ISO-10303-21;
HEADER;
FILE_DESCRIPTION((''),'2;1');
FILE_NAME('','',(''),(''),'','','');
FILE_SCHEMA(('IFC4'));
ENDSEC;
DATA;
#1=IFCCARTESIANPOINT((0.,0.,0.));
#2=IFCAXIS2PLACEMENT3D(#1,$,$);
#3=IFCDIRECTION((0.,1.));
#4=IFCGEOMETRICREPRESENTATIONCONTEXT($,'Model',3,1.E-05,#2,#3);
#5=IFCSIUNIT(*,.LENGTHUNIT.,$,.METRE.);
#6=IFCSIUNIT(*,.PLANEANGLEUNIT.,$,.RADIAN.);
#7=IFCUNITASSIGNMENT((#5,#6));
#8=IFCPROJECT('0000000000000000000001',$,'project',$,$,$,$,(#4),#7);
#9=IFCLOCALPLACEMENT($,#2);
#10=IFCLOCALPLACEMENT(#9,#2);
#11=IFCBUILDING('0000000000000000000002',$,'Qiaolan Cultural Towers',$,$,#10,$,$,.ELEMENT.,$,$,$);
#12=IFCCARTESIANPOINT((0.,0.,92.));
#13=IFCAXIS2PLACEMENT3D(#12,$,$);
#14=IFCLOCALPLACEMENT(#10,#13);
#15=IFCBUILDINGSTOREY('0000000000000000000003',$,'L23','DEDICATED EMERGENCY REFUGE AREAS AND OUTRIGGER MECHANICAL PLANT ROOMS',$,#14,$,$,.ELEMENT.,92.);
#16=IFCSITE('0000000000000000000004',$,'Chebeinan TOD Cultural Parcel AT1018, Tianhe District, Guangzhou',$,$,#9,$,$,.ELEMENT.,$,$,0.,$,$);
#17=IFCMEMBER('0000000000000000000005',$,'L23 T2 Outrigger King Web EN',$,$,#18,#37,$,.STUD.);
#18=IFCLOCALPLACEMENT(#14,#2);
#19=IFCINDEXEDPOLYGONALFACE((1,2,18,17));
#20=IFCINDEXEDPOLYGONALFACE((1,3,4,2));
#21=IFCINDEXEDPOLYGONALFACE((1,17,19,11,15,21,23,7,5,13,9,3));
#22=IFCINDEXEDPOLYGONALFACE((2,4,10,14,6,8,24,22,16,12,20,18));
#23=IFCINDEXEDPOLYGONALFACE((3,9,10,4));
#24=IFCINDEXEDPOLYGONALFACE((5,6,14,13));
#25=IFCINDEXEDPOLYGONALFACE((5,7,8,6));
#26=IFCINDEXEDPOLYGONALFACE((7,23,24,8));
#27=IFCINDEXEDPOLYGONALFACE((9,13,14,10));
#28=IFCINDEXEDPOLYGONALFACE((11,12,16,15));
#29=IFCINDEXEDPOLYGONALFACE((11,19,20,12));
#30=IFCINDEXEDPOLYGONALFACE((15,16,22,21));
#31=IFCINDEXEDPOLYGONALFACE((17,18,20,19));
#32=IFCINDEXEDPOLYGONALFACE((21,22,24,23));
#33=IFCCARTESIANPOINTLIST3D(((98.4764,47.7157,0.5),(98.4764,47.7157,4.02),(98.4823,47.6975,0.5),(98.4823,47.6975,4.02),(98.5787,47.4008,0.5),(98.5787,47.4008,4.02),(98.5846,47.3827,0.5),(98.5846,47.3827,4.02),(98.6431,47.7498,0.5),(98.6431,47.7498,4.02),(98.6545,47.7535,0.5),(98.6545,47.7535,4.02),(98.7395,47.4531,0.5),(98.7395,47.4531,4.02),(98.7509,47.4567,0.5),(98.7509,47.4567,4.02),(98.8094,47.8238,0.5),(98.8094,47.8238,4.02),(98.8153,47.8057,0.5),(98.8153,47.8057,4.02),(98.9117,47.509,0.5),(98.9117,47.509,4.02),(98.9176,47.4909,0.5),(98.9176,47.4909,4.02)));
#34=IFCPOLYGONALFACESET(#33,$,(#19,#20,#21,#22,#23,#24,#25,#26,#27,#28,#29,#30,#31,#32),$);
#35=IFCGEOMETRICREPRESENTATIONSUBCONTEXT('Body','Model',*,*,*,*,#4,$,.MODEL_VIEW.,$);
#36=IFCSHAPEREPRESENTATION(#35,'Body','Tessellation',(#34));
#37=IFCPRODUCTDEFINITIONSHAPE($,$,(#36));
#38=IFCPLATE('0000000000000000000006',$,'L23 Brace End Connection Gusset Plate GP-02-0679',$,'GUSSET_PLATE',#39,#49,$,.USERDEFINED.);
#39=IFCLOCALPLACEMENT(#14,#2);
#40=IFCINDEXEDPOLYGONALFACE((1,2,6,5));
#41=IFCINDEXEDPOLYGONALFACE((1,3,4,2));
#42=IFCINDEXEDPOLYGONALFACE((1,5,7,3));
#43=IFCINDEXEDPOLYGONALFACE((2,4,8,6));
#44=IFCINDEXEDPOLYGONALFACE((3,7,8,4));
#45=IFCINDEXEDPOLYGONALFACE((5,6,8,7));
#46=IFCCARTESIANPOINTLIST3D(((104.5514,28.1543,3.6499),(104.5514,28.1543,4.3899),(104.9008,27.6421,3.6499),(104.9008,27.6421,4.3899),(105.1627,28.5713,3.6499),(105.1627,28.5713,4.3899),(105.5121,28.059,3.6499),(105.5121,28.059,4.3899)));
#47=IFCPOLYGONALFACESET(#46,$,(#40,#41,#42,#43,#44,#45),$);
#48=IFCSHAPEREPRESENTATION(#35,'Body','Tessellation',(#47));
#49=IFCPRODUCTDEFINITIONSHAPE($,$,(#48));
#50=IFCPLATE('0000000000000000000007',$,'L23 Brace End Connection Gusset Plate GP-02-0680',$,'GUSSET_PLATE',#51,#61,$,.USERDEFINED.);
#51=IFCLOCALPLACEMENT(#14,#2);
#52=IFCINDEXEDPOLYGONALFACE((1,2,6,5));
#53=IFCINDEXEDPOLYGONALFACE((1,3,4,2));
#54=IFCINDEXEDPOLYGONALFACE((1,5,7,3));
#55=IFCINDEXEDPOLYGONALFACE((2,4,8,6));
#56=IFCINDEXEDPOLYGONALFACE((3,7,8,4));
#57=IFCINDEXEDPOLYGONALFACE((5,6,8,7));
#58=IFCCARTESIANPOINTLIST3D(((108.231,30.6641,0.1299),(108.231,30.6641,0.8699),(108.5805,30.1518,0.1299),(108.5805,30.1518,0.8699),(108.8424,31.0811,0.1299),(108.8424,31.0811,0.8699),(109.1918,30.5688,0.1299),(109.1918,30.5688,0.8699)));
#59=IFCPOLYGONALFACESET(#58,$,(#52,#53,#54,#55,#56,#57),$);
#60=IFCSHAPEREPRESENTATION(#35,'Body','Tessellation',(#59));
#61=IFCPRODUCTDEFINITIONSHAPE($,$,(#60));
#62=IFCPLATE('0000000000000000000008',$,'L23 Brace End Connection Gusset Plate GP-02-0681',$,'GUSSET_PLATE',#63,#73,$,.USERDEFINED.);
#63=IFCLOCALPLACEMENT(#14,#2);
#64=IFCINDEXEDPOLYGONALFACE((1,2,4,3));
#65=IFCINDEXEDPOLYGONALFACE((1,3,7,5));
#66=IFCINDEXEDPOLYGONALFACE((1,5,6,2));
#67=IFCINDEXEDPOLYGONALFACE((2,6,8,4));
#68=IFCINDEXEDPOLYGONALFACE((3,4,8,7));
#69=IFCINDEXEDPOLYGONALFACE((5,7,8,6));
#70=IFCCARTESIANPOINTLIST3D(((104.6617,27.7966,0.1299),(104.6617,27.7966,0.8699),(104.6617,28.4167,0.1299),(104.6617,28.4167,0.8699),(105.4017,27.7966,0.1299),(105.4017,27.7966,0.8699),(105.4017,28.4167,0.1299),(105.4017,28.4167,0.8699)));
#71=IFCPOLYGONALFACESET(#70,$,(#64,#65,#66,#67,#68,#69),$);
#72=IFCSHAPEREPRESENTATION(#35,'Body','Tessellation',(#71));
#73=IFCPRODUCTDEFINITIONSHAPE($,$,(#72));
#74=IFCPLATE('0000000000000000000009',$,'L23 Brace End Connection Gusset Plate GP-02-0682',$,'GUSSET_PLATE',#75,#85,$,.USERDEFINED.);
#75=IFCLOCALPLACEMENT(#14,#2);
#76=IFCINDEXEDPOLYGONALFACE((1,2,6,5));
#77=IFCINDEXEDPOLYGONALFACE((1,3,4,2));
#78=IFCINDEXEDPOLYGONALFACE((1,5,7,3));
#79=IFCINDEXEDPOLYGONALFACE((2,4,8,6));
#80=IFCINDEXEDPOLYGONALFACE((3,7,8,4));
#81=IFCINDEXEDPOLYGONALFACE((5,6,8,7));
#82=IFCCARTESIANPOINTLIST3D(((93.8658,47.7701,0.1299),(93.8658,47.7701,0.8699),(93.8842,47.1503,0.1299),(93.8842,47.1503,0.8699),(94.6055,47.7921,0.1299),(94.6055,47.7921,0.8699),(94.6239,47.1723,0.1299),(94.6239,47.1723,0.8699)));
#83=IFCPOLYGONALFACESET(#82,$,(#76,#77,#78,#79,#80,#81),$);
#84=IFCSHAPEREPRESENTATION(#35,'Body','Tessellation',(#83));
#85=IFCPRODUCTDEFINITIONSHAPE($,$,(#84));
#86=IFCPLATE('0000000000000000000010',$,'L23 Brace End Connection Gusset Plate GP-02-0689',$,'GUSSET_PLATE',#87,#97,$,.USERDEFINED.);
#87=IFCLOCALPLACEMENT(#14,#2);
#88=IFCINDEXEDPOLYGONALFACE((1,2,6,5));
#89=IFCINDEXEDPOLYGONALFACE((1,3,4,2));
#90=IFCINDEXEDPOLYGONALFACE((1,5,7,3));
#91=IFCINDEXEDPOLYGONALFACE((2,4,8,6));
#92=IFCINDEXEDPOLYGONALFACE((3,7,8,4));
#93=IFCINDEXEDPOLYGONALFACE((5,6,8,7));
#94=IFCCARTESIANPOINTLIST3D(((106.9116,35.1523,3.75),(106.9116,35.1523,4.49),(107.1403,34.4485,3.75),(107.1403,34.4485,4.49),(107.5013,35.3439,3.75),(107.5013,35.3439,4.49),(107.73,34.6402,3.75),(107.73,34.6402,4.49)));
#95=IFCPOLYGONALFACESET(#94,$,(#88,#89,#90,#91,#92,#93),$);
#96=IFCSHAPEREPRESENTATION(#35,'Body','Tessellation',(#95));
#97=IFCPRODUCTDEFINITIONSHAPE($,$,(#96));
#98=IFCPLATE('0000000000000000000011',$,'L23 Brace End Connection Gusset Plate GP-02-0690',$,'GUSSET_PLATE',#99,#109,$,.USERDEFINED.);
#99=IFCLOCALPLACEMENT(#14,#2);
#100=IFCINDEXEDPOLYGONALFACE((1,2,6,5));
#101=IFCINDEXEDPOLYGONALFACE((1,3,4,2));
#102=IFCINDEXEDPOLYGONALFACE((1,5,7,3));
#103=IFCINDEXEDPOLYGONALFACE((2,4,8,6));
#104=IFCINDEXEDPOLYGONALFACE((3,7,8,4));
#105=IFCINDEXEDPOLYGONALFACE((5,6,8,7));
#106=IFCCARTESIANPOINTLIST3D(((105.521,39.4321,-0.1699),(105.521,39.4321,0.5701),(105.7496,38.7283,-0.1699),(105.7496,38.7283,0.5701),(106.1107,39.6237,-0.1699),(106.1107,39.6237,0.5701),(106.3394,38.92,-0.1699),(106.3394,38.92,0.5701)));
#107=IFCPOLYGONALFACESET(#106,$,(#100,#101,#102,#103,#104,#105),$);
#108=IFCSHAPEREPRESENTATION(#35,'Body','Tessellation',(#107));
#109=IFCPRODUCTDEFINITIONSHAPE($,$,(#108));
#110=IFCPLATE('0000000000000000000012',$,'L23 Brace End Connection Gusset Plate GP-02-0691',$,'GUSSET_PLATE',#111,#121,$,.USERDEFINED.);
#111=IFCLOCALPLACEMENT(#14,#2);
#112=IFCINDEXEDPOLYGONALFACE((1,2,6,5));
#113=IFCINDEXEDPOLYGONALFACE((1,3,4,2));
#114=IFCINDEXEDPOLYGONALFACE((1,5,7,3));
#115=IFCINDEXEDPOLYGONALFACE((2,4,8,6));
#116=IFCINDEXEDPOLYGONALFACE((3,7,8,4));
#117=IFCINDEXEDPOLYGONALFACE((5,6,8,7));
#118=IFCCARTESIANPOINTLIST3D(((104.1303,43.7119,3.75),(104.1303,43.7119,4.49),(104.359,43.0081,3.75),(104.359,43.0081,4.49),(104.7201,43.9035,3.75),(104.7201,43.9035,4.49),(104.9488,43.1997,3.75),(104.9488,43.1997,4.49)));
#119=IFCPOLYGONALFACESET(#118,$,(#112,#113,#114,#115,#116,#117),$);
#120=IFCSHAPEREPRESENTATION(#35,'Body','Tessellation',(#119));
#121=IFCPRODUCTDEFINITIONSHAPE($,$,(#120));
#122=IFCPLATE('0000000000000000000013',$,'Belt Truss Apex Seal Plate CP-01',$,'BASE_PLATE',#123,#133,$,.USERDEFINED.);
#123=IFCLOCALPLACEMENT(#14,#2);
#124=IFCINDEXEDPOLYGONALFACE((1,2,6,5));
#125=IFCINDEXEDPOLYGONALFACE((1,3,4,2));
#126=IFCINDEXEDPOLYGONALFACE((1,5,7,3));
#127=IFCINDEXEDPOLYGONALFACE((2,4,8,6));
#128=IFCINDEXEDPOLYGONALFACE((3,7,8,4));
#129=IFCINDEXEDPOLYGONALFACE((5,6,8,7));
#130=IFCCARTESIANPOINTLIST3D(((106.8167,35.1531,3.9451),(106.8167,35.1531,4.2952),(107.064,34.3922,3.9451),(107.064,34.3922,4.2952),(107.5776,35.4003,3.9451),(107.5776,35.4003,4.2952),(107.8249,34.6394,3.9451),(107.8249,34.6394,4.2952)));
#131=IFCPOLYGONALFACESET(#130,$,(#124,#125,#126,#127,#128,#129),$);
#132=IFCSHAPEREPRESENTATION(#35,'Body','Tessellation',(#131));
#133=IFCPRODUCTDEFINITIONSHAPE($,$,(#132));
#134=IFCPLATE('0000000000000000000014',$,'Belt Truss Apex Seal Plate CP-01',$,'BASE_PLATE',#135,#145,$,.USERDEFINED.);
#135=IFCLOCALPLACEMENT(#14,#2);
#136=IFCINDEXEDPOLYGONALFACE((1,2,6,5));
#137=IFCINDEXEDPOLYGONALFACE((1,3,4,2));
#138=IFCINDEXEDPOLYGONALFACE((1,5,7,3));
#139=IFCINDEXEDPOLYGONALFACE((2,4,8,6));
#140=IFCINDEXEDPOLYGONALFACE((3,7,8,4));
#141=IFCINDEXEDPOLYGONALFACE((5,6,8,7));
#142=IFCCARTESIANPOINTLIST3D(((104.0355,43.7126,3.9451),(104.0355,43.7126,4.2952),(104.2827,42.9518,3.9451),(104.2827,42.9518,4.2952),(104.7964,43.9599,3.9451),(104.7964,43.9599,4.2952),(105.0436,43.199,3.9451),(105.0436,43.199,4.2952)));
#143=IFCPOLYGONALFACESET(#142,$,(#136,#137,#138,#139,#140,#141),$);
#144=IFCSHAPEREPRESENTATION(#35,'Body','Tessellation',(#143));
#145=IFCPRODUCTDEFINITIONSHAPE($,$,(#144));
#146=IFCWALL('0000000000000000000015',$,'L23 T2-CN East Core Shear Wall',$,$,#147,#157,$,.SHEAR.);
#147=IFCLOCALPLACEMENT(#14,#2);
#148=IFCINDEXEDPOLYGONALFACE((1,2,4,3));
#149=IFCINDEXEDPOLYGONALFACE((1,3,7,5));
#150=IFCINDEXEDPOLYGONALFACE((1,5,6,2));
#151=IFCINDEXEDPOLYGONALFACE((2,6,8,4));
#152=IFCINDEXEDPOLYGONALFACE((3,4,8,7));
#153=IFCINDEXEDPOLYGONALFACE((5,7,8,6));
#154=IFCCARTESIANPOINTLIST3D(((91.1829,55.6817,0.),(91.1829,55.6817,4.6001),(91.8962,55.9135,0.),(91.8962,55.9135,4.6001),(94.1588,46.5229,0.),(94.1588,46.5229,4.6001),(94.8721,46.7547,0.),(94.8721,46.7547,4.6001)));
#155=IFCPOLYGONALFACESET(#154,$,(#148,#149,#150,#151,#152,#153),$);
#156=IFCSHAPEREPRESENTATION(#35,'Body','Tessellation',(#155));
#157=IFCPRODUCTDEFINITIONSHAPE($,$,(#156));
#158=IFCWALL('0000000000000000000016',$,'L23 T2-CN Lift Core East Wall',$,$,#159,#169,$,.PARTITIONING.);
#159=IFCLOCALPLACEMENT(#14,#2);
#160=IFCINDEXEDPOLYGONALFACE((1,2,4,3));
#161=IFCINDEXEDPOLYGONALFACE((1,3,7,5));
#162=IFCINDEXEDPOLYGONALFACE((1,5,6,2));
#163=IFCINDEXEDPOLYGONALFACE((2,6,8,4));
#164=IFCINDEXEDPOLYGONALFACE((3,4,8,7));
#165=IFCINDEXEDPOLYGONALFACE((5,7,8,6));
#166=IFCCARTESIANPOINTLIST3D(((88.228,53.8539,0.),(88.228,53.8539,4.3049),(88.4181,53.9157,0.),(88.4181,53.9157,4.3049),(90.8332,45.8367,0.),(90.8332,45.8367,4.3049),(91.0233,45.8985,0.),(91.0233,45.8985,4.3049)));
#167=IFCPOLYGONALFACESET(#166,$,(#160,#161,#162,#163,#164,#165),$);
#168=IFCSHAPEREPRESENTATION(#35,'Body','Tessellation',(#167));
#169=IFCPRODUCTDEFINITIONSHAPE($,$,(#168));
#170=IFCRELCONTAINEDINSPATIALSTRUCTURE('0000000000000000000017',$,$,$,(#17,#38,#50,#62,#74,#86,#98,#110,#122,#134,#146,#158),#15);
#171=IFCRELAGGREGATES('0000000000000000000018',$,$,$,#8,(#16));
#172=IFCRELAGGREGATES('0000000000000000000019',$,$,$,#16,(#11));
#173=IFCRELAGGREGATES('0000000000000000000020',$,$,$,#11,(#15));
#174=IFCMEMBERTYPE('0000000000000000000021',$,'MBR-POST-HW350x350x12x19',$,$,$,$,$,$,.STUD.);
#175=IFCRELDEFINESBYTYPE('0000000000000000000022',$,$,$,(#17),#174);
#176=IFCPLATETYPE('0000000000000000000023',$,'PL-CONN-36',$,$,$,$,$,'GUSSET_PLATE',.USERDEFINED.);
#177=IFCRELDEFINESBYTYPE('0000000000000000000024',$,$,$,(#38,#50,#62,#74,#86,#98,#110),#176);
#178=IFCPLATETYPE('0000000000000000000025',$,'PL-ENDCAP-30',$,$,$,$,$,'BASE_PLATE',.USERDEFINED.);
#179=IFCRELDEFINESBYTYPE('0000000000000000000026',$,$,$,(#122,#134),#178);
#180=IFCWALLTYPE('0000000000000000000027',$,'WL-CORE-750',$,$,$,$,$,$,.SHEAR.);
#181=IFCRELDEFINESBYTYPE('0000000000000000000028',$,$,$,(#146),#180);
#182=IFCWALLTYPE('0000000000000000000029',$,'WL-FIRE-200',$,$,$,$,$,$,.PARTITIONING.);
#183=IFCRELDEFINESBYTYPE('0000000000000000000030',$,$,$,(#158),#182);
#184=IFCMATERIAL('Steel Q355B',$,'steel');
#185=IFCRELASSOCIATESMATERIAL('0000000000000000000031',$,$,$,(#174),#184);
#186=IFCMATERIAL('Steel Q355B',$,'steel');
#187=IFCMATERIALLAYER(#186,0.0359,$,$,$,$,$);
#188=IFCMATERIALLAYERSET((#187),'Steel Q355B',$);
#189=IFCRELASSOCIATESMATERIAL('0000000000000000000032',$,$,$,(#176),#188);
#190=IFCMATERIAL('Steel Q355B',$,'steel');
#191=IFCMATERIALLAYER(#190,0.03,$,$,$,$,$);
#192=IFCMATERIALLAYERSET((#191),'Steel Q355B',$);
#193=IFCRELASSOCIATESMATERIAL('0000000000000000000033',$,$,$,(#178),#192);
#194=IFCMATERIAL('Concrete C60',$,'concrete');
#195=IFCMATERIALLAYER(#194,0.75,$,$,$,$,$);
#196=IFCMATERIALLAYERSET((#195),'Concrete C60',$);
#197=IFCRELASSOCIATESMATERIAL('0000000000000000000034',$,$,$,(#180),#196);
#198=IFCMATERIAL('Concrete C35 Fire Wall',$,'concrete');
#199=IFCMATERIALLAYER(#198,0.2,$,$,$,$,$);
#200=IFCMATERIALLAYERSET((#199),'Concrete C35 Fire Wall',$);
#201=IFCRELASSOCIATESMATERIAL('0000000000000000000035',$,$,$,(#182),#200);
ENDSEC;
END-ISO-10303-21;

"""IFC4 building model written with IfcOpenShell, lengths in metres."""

from ifc_helpers import new_model, si_unit, direction, frame, frame_2d, origin, origin_2d, place, context, subcontext, project, spatial, rectangle, i_section, extrude, material, layer, layer_set, material_profile, profile_set, type_object, element, save


model = new_model("IFC4")

# Units and contexts
model_context = context("Model", 3, precision=1e-05, world=origin(), true_north=direction((0.0, 1.0)))
body_context = subcontext(model_context, "Body", "Model", "MODEL_VIEW")
ifc_project = project(units=[si_unit("LENGTHUNIT", "METRE"), si_unit("PLANEANGLEUNIT", "RADIAN")], contexts=[model_context])

# Site, building, storey
site_placement = place(None, origin())
site = spatial("IfcSite", under=ifc_project, at=site_placement, Name="Chebeinan TOD Cultural Parcel AT1018, Tianhe District, Guangzhou", CompositionType="ELEMENT", RefElevation=0.0)
building_placement = place(site_placement, origin())
building = spatial("IfcBuilding", under=site, at=building_placement, Name="Qiaolan Cultural Towers", CompositionType="ELEMENT")
storey_placement = place(building_placement, frame((0.0, 0.0, 92.0)))
storey = spatial("IfcBuildingStorey", under=building, at=storey_placement, Name="L23", Description="DEDICATED EMERGENCY REFUGE AREAS AND OUTRIGGER MECHANICAL PLANT ROOMS", CompositionType="ELEMENT", Elevation=92.0)

# Member
ifc_material_1 = material(Name="Steel Q355B", Category="steel")
ifc_material_profile_1 = material_profile(ifc_material_1, i_section(OverallWidth=0.3501, OverallDepth=0.3501, WebThickness=0.012, FlangeThickness=0.019, at=origin_2d()), Name="HW350x350x12x19")
ifc_profile_set_1 = profile_set([ifc_material_profile_1], Name="Steel Q355B")
member_type_1 = type_object("IfcMemberType", Name="MBR-POST-HW350x350x12x19", PredefinedType="STUD", material=ifc_profile_set_1)
member_placement = place(storey_placement, frame((98.697, 47.6033, 0.5), z_axis=(0.0, 0.0, 1.0), x_axis=(0.951057, 0.309017, 0.0)))
element("IfcMember", 1, at=member_placement, inside=storey, type_object=member_type_1, Name="L23 T2 Outrigger King Web EN", PredefinedType="STUD", context=body_context, shape_type="SweptSolid", body=[
    extrude(i_section(OverallWidth=0.3501, OverallDepth=0.3501, WebThickness=0.012, FlangeThickness=0.019, at=origin_2d()), origin(), (0.0, 0.0, 1.0), 3.52),
])

# Plates
ifc_material_2 = material(Name="Steel Q355B", Category="steel")
ifc_layer_1 = layer(ifc_material_2, 0.0359)
ifc_layer_set_1 = layer_set([ifc_layer_1], Name="Steel Q355B")
plate_type_1 = type_object("IfcPlateType", Name="PL-CONN-36", ElementType="GUSSET_PLATE", PredefinedType="USERDEFINED", material=ifc_layer_set_1)
for number, where, z_axis, x_axis, name in (
    (2, (105.0317, 28.1067, 3.6499), (0.0, 0.0, 1.0), (0.82611, 0.563509, 0.0), "L23 Brace End Connection Gusset Plate GP-02-0679"),
    (3, (108.7114, 30.6165, 0.1299), (0.0, 0.0, 1.0), (0.82611, 0.563509, 0.0), "L23 Brace End Connection Gusset Plate GP-02-0680"),
    (4, (105.0317, 28.1067, 0.1299), (0.0, 0.0, 1.0), (1.0, 0.0, 0.0), "L23 Brace End Connection Gusset Plate GP-02-0681"),
    (5, (94.2449, 47.4712, 0.1299), (0.0, 0.0, 1.0), (0.999559, 0.029687, 0.0), "L23 Brace End Connection Gusset Plate GP-02-0682"),
    (6, (107.3208, 34.8962, 3.75), (0.0, 0.0, 1.0), (-0.309017, 0.951057, 0.0), "L23 Brace End Connection Gusset Plate GP-02-0689"),
    (7, (105.9302, 39.176, -0.1699), (0.0, 0.0, 1.0), (-0.309017, 0.951057, 0.0), "L23 Brace End Connection Gusset Plate GP-02-0690"),
    (8, (104.5396, 43.4558, 3.75), (0.0, 0.0, 1.0), (-0.309017, 0.951057, 0.0), "L23 Brace End Connection Gusset Plate GP-02-0691"),
):
    element("IfcPlate", number, at=place(storey_placement, frame(where, z_axis=z_axis, x_axis=x_axis)), inside=storey, type_object=plate_type_1, Name=name, ObjectType="GUSSET_PLATE", PredefinedType="USERDEFINED", context=body_context, shape_type="SweptSolid", body=[
        extrude(rectangle(XDim=0.74, YDim=0.6201, at=origin_2d()), origin(), (0.0, 0.0, 1.0), 0.74),
    ])
ifc_material_3 = material(Name="Steel Q355B", Category="steel")
ifc_layer_2 = layer(ifc_material_3, 0.03)
ifc_layer_set_2 = layer_set([ifc_layer_2], Name="Steel Q355B")
plate_type_2 = type_object("IfcPlateType", Name="PL-ENDCAP-30", ElementType="BASE_PLATE", PredefinedType="USERDEFINED", material=ifc_layer_set_2)
for number, where, z_axis, x_axis, name in (
    (9, (107.3208, 34.8962, 3.9451), (0.0, 0.0, 1.0), (0.951057, 0.309017, 0.0), "Belt Truss Apex Seal Plate CP-01"),
    (10, (104.5396, 43.4558, 3.9451), (0.0, 0.0, 1.0), (0.951057, 0.309017, 0.0), "Belt Truss Apex Seal Plate CP-01"),
):
    element("IfcPlate", number, at=place(storey_placement, frame(where, z_axis=z_axis, x_axis=x_axis)), inside=storey, type_object=plate_type_2, Name=name, ObjectType="BASE_PLATE", PredefinedType="USERDEFINED", context=body_context, shape_type="SweptSolid", body=[
        extrude(rectangle(XDim=0.8, YDim=0.8, at=origin_2d()), origin(), (0.0, 0.0, 1.0), 0.3501),
    ])

# Walls
ifc_material_4 = material(Name="Concrete C60", Category="concrete")
ifc_layer_3 = layer(ifc_material_4, 0.75)
ifc_layer_set_3 = layer_set([ifc_layer_3], Name="Concrete C60")
wall_type_1 = type_object("IfcWallType", Name="WL-CORE-750", PredefinedType="SHEAR", material=ifc_layer_set_3)
wall_1_placement = place(storey_placement, frame((94.5154, 46.6389, 0.0), z_axis=(0.0, 0.0, 1.0), x_axis=(-0.309016, 0.951057, 0.0)))
element("IfcWall", 11, at=wall_1_placement, inside=storey, type_object=wall_type_1, Name="L23 T2-CN East Core Shear Wall", PredefinedType="SHEAR", context=body_context, shape_type="SweptSolid", body=[
    extrude(rectangle(XDim=9.6301, YDim=0.75, at=frame_2d((4.8149, 0.0))), origin(), (0.0, 0.0, 1.0), 4.6001),
])
ifc_material_5 = material(Name="Concrete C35 Fire Wall", Category="concrete")
ifc_layer_4 = layer(ifc_material_5, 0.2)
ifc_layer_set_4 = layer_set([ifc_layer_4], Name="Concrete C35 Fire Wall")
wall_type_2 = type_object("IfcWallType", Name="WL-FIRE-200", PredefinedType="PARTITIONING", material=ifc_layer_set_4)
wall_2_placement = place(storey_placement, frame((90.9282, 45.8677, 0.0), z_axis=(0.0, 0.0, 1.0), x_axis=(-0.309042, 0.951048, 0.0)))
element("IfcWall", 12, at=wall_2_placement, inside=storey, type_object=wall_type_2, Name="L23 T2-CN Lift Core East Wall", PredefinedType="PARTITIONING", context=body_context, shape_type="SweptSolid", body=[
    extrude(rectangle(XDim=8.4299, YDim=0.2, at=frame_2d((4.2148, 0.0))), origin(), (0.0, 0.0, 1.0), 4.3049),
])

save(model, "model.ifc")
